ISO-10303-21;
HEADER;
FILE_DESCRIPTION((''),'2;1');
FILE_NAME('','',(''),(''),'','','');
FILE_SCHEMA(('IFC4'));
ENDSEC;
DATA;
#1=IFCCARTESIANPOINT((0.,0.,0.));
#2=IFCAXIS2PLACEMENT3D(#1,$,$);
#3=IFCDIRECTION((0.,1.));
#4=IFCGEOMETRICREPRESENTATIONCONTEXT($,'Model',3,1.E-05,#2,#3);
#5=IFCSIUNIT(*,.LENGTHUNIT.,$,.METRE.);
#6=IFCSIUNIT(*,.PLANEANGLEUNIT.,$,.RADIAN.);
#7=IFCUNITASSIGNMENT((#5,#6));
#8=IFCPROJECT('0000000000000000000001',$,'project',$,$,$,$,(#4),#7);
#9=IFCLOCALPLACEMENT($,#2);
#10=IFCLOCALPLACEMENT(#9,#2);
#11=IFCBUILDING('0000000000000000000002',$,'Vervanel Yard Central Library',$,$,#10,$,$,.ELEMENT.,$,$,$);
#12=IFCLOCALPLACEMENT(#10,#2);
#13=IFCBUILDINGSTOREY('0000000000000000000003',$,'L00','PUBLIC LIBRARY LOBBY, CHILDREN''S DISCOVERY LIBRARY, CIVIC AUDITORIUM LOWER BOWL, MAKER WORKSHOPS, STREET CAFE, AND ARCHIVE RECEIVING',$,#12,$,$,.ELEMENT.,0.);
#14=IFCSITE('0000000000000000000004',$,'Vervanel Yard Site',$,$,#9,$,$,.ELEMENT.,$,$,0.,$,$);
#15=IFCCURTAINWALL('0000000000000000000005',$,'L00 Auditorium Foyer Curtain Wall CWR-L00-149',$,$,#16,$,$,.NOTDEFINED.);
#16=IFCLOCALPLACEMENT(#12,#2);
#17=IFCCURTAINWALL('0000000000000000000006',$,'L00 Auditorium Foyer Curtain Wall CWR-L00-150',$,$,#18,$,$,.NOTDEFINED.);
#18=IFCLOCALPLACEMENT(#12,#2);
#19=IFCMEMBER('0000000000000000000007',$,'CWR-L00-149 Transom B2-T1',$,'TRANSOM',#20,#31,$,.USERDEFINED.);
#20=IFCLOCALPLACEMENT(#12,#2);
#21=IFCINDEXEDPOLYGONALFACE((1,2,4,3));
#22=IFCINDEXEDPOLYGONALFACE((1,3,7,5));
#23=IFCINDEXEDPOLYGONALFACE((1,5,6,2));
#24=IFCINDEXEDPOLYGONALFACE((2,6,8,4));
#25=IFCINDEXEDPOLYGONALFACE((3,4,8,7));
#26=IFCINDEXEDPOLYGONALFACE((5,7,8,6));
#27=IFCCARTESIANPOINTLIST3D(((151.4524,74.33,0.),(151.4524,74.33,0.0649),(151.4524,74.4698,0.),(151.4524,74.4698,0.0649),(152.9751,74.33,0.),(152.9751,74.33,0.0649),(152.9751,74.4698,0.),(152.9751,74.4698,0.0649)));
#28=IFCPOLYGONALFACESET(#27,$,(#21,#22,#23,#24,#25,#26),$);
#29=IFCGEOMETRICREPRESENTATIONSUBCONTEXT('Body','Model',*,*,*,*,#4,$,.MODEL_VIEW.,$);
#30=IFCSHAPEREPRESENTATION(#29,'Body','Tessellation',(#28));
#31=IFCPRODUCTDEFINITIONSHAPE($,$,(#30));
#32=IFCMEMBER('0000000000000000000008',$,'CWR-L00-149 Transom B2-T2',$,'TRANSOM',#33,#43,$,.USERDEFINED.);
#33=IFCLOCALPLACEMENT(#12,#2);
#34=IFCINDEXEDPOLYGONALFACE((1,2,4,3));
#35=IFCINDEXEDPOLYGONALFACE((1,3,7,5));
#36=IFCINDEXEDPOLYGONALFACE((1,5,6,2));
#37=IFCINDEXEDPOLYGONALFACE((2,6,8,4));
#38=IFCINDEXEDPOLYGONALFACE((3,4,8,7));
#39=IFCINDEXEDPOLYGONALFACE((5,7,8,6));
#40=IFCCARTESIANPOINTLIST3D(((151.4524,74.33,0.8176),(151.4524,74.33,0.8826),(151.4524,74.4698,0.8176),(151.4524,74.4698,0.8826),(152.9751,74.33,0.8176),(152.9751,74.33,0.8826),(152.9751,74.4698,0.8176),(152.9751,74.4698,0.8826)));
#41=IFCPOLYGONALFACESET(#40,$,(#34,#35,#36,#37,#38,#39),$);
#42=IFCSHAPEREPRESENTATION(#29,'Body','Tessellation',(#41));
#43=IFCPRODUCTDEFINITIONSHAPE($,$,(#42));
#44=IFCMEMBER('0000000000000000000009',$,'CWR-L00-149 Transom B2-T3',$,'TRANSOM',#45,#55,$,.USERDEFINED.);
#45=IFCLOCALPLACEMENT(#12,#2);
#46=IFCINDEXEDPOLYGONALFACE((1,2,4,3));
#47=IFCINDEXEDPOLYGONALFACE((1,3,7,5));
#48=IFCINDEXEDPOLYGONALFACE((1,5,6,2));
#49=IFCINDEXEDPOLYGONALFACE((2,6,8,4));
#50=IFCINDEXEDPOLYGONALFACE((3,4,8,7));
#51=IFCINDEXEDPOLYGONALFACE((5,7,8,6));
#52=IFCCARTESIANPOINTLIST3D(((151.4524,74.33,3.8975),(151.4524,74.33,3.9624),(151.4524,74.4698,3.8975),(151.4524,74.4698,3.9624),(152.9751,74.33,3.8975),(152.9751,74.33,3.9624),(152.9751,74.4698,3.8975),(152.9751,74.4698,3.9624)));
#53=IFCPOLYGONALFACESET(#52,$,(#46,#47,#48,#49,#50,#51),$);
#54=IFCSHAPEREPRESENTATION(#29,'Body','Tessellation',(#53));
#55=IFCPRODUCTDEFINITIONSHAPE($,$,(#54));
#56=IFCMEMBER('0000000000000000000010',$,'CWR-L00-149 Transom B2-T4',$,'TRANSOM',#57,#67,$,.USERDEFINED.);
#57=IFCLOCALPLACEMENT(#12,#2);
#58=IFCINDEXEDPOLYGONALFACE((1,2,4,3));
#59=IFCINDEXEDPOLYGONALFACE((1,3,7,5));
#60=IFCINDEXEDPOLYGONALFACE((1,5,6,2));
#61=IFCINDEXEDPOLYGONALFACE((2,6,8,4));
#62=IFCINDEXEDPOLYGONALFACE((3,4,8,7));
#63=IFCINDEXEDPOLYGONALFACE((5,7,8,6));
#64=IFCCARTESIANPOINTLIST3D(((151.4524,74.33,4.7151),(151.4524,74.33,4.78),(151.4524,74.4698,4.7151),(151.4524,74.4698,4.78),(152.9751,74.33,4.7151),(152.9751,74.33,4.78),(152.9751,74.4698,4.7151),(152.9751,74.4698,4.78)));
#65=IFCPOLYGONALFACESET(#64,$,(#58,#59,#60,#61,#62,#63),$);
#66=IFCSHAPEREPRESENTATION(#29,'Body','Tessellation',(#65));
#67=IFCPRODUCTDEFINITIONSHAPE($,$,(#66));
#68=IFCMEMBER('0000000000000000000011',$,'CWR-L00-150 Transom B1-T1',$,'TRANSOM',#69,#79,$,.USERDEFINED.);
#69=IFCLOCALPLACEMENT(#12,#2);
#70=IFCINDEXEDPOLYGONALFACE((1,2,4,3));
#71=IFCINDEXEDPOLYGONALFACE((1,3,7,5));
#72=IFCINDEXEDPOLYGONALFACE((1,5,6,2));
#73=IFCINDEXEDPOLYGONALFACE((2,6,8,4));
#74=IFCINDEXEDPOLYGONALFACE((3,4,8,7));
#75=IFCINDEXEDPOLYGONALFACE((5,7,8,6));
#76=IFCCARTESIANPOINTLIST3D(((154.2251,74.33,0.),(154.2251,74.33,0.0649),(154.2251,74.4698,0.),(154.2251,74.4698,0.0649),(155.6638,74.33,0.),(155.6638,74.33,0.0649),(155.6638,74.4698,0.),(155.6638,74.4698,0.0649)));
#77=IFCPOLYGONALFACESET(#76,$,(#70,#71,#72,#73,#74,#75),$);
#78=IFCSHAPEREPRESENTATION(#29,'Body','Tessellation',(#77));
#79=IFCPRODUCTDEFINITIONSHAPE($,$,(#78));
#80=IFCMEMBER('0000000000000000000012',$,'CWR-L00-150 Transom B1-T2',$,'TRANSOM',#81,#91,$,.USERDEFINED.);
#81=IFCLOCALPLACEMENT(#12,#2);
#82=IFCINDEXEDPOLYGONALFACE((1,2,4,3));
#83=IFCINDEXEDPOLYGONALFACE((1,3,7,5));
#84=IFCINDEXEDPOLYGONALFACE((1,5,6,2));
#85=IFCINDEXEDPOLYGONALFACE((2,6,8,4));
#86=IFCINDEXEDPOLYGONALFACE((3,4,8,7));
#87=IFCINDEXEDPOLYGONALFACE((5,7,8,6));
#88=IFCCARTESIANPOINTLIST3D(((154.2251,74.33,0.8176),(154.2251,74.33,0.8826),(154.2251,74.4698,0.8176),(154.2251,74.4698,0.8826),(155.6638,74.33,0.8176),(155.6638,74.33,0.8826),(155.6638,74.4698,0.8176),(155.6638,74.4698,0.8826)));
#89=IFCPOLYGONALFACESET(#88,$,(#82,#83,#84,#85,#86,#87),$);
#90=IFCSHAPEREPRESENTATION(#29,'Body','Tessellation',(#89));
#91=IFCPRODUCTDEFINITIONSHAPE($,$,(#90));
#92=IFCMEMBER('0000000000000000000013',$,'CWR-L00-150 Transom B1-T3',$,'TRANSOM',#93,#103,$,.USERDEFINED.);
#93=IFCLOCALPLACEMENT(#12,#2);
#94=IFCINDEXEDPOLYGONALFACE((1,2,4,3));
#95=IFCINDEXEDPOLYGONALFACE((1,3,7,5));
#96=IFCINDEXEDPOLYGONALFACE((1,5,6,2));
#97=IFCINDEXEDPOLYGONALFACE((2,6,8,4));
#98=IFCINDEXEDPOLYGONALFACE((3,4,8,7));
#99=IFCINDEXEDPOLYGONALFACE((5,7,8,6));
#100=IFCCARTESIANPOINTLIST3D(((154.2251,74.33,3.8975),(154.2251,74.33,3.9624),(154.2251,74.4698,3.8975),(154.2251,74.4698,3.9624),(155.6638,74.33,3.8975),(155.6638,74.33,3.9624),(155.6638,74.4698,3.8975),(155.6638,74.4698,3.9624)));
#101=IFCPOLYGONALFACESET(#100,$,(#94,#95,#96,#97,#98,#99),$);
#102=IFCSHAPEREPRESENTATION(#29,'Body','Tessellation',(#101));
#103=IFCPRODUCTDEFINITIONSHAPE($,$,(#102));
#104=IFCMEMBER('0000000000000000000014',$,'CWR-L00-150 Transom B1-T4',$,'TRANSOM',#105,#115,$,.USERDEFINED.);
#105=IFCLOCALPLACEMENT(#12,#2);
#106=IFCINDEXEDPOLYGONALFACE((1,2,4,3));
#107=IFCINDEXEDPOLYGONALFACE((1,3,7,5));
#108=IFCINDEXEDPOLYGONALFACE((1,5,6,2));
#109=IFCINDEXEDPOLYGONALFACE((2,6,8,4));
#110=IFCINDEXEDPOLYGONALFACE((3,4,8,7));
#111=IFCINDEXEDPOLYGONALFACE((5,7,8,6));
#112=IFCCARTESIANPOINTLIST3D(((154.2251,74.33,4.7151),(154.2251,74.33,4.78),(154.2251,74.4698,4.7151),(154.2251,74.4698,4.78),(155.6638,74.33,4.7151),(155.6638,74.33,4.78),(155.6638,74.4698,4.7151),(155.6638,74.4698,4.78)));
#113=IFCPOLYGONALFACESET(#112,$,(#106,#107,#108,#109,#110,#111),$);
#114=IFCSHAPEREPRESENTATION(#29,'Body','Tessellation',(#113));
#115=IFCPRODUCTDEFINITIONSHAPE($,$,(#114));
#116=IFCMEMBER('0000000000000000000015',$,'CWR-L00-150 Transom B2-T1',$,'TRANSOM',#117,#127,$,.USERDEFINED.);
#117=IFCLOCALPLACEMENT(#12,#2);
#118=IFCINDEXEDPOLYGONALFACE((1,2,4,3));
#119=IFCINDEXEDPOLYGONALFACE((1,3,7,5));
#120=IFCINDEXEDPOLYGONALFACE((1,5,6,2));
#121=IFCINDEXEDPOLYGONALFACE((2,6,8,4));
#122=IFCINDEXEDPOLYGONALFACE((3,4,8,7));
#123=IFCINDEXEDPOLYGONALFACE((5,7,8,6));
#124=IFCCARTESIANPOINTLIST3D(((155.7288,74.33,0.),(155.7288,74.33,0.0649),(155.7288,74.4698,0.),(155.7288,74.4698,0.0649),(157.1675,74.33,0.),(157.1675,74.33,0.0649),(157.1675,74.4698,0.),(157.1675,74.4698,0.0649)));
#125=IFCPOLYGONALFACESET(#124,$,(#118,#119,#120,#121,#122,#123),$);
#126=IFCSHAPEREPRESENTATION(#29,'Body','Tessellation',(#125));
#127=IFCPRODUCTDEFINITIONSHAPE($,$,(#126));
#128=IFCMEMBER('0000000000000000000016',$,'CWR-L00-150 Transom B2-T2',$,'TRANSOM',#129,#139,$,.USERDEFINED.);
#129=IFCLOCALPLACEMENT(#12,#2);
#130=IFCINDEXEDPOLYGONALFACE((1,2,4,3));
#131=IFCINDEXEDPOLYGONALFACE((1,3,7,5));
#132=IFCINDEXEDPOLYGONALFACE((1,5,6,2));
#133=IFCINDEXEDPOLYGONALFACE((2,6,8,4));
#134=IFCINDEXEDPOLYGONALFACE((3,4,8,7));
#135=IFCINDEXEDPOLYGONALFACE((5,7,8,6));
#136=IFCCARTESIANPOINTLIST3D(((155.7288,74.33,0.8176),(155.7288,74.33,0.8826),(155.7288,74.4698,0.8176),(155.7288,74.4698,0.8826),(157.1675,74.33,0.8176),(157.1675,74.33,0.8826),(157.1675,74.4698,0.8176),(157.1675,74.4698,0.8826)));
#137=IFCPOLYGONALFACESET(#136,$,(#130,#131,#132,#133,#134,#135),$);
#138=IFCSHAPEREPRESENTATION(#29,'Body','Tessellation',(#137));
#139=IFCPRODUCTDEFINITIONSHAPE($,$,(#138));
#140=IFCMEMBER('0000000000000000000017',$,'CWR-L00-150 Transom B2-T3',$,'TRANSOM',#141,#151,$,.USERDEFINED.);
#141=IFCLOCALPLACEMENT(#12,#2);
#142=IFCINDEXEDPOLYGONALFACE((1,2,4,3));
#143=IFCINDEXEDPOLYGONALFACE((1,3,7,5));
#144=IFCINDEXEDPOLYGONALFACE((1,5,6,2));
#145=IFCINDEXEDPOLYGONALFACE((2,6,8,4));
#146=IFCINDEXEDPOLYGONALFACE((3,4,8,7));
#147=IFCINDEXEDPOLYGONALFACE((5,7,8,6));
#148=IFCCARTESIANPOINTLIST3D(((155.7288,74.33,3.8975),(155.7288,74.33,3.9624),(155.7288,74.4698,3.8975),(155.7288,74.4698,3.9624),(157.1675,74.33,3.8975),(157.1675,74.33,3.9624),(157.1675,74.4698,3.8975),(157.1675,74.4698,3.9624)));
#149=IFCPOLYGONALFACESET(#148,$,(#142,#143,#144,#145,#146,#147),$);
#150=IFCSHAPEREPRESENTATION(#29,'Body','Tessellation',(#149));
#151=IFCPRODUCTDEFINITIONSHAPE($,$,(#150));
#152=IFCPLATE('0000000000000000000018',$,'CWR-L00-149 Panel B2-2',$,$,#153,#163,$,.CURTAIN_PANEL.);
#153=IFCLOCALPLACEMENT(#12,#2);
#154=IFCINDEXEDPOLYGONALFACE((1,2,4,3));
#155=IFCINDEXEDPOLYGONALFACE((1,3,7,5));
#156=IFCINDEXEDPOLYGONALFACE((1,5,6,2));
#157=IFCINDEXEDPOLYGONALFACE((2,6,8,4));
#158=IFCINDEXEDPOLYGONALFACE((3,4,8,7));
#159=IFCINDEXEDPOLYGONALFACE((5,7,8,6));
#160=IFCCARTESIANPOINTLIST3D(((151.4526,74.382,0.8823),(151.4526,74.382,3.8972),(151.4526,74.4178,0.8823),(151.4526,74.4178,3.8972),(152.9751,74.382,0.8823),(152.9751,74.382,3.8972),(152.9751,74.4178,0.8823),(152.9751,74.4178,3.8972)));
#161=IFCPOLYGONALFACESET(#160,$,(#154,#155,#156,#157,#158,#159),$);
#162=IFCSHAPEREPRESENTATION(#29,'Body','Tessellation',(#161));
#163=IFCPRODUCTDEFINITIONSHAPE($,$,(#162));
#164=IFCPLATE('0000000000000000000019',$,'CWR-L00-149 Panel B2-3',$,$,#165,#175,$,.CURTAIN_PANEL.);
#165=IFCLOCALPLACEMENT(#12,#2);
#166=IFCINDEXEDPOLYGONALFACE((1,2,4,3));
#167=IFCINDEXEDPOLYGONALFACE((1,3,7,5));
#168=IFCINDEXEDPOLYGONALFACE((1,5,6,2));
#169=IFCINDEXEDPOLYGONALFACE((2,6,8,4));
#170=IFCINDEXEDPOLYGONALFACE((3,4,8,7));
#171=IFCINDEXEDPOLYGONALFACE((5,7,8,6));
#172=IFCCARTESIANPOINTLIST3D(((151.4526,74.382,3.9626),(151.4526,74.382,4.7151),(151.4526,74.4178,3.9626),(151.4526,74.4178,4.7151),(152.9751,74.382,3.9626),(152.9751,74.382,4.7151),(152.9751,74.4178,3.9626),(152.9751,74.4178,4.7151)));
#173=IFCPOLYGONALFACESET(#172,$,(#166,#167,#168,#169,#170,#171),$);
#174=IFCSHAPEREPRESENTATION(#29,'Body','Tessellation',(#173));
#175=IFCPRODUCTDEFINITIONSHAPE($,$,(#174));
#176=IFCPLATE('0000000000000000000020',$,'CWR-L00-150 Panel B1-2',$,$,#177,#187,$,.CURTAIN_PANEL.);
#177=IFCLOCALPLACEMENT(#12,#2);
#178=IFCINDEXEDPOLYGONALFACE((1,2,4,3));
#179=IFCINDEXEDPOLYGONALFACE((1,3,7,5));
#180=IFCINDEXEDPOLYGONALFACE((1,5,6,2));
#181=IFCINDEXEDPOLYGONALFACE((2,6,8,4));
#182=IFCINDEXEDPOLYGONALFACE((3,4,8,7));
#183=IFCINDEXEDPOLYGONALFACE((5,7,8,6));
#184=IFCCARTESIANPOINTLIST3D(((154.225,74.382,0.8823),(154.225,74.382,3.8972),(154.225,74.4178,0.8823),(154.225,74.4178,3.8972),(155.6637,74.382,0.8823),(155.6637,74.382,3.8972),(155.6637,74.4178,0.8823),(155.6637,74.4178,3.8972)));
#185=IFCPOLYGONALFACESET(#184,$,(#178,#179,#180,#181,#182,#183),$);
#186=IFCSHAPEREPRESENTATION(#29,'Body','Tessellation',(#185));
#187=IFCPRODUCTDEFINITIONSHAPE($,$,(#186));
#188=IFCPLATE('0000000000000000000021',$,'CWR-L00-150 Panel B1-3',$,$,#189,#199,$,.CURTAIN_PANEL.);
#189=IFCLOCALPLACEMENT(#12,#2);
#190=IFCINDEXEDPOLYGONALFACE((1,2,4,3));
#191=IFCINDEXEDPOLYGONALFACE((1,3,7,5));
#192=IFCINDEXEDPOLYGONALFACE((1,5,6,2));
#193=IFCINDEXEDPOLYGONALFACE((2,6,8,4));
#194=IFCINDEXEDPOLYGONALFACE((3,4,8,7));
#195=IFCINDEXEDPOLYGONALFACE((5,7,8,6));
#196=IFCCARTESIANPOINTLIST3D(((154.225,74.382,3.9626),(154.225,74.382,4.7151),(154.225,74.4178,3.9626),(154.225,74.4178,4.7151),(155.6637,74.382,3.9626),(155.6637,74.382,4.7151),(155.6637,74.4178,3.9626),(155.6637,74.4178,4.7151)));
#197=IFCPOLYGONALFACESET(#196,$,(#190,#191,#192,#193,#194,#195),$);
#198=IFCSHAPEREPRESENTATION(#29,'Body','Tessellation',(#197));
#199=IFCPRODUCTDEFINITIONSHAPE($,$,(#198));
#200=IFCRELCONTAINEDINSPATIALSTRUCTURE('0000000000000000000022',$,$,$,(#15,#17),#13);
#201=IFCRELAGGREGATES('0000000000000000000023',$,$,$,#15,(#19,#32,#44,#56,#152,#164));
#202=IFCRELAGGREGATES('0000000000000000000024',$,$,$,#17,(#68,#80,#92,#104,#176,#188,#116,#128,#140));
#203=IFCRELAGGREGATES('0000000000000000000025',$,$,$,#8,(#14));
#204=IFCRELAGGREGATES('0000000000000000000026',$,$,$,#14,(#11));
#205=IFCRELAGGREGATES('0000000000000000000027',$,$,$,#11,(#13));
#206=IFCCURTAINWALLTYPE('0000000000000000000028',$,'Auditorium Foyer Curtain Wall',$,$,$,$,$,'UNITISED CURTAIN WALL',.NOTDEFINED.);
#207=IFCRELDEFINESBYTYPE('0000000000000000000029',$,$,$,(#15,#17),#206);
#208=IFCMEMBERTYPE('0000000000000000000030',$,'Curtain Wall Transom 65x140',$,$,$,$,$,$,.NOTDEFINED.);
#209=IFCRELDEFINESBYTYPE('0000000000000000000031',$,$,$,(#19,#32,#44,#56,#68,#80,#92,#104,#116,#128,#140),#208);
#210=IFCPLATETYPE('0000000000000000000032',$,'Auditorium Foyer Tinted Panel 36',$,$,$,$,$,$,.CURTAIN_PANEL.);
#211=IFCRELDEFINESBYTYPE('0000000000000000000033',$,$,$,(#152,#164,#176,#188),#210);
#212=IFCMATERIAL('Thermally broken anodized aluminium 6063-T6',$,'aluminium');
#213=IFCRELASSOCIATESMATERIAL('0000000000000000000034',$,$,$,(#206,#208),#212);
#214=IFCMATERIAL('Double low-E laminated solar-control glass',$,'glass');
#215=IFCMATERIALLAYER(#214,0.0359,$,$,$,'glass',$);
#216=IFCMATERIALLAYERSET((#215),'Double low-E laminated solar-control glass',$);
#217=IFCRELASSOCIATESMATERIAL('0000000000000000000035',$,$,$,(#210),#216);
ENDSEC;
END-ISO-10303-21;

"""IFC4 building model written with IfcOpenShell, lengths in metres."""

from ifc_helpers import new_model, si_unit, direction, frame, origin, origin_2d, place, context, subcontext, project, spatial, rectangle, extrude, material, layer, layer_set, material_profile, profile_set, type_object, element, aggregate, save


model = new_model("IFC4")

# Units and contexts
model_context = context("Model", 3, precision=1e-05, world=origin(), true_north=direction((0.0, 1.0)))
body_context = subcontext(model_context, "Body", "Model", "MODEL_VIEW")
ifc_project = project(units=[si_unit("LENGTHUNIT", "METRE"), si_unit("PLANEANGLEUNIT", "RADIAN")], contexts=[model_context])

# Site, building, storey
site_placement = place(None, origin())
site = spatial("IfcSite", under=ifc_project, at=site_placement, Name="Vervanel Yard Site", CompositionType="ELEMENT", RefElevation=0.0)
building_placement = place(site_placement, origin())
building = spatial("IfcBuilding", under=site, at=building_placement, Name="Vervanel Yard Central Library", CompositionType="ELEMENT")
storey_placement = place(building_placement, origin())
storey = spatial("IfcBuildingStorey", under=building, at=storey_placement, Name="L00", Description="PUBLIC LIBRARY LOBBY, CHILDREN'S DISCOVERY LIBRARY, CIVIC AUDITORIUM LOWER BOWL, MAKER WORKSHOPS, STREET CAFE, AND ARCHIVE RECEIVING", CompositionType="ELEMENT", Elevation=0.0)

# Curtain walls
ifc_material_1 = material(Name="Thermally broken anodized aluminium 6063-T6", Category="aluminium")
curtain_wall_type = type_object("IfcCurtainWallType", Name="Auditorium Foyer Curtain Wall", ElementType="UNITISED CURTAIN WALL", PredefinedType="NOTDEFINED", material=ifc_material_1)
curtain_wall_1_placement = place(storey_placement, origin())
curtain_wall_1 = element("IfcCurtainWall", 1, at=curtain_wall_1_placement, inside=storey, type_object=curtain_wall_type, Name="L00 Auditorium Foyer Curtain Wall CWR-L00-149", PredefinedType="NOTDEFINED")
curtain_wall_2_placement = place(storey_placement, origin())
curtain_wall_2 = element("IfcCurtainWall", 2, at=curtain_wall_2_placement, inside=storey, type_object=curtain_wall_type, Name="L00 Auditorium Foyer Curtain Wall CWR-L00-150", PredefinedType="NOTDEFINED")

# Members
ifc_material_profile_1 = material_profile(ifc_material_1, rectangle(XDim=0.0649, YDim=0.1399, at=origin_2d()), Name="ALU 65x140", Category="aluminium")
ifc_profile_set_1 = profile_set([ifc_material_profile_1], Name="Thermally broken anodized aluminium 6063-T6")
member_type_1 = type_object("IfcMemberType", Name="Curtain Wall Transom 65x140", PredefinedType="NOTDEFINED", material=ifc_profile_set_1)
member_1_placement = place(storey_placement, frame((151.4524, 74.3999, 0.0325), z_axis=(1.0, 0.0, 0.0), x_axis=(0.0, 0.0, 1.0)))
member_1 = element("IfcMember", 3, at=member_1_placement, type_object=member_type_1, Name="CWR-L00-149 Transom B2-T1", ObjectType="TRANSOM", PredefinedType="USERDEFINED", context=body_context, shape_type="SweptSolid", body=[
    extrude(rectangle(XDim=0.0649, YDim=0.1399, at=origin_2d()), origin(), (0.0, 0.0, 1.0), 1.5227),
])
member_2_placement = place(storey_placement, frame((151.4524, 74.3999, 0.8501), z_axis=(1.0, 0.0, 0.0), x_axis=(0.0, 0.0, 1.0)))
member_2 = element("IfcMember", 4, at=member_2_placement, type_object=member_type_1, Name="CWR-L00-149 Transom B2-T2", ObjectType="TRANSOM", PredefinedType="USERDEFINED", context=body_context, shape_type="SweptSolid", body=[
    extrude(rectangle(XDim=0.0649, YDim=0.1399, at=origin_2d()), origin(), (0.0, 0.0, 1.0), 1.5227),
])
member_3_placement = place(storey_placement, frame((151.4524, 74.3999, 3.9299), z_axis=(1.0, 0.0, 0.0), x_axis=(0.0, 0.0, 1.0)))
member_3 = element("IfcMember", 5, at=member_3_placement, type_object=member_type_1, Name="CWR-L00-149 Transom B2-T3", ObjectType="TRANSOM", PredefinedType="USERDEFINED", context=body_context, shape_type="SweptSolid", body=[
    extrude(rectangle(XDim=0.0649, YDim=0.1399, at=origin_2d()), origin(), (0.0, 0.0, 1.0), 1.5227),
])
member_4_placement = place(storey_placement, frame((151.4524, 74.3999, 4.7476), z_axis=(1.0, 0.0, 0.0), x_axis=(0.0, 0.0, 1.0)))
member_4 = element("IfcMember", 6, at=member_4_placement, type_object=member_type_1, Name="CWR-L00-149 Transom B2-T4", ObjectType="TRANSOM", PredefinedType="USERDEFINED", context=body_context, shape_type="SweptSolid", body=[
    extrude(rectangle(XDim=0.0649, YDim=0.1399, at=origin_2d()), origin(), (0.0, 0.0, 1.0), 1.5227),
])
member_5_placement = place(storey_placement, frame((154.2251, 74.3999, 0.0325), z_axis=(1.0, 0.0, 0.0), x_axis=(0.0, 0.0, 1.0)))
member_5 = element("IfcMember", 7, at=member_5_placement, type_object=member_type_1, Name="CWR-L00-150 Transom B1-T1", ObjectType="TRANSOM", PredefinedType="USERDEFINED", context=body_context, shape_type="SweptSolid", body=[
    extrude(rectangle(XDim=0.0649, YDim=0.1399, at=origin_2d()), origin(), (0.0, 0.0, 1.0), 1.4387),
])
member_6_placement = place(storey_placement, frame((154.2251, 74.3999, 0.8501), z_axis=(1.0, 0.0, 0.0), x_axis=(0.0, 0.0, 1.0)))
member_6 = element("IfcMember", 8, at=member_6_placement, type_object=member_type_1, Name="CWR-L00-150 Transom B1-T2", ObjectType="TRANSOM", PredefinedType="USERDEFINED", context=body_context, shape_type="SweptSolid", body=[
    extrude(rectangle(XDim=0.0649, YDim=0.1399, at=origin_2d()), origin(), (0.0, 0.0, 1.0), 1.4387),
])
member_7_placement = place(storey_placement, frame((154.2251, 74.3999, 3.9299), z_axis=(1.0, 0.0, 0.0), x_axis=(0.0, 0.0, 1.0)))
member_7 = element("IfcMember", 9, at=member_7_placement, type_object=member_type_1, Name="CWR-L00-150 Transom B1-T3", ObjectType="TRANSOM", PredefinedType="USERDEFINED", context=body_context, shape_type="SweptSolid", body=[
    extrude(rectangle(XDim=0.0649, YDim=0.1399, at=origin_2d()), origin(), (0.0, 0.0, 1.0), 1.4387),
])
member_8_placement = place(storey_placement, frame((154.2251, 74.3999, 4.7476), z_axis=(1.0, 0.0, 0.0), x_axis=(0.0, 0.0, 1.0)))
member_8 = element("IfcMember", 10, at=member_8_placement, type_object=member_type_1, Name="CWR-L00-150 Transom B1-T4", ObjectType="TRANSOM", PredefinedType="USERDEFINED", context=body_context, shape_type="SweptSolid", body=[
    extrude(rectangle(XDim=0.0649, YDim=0.1399, at=origin_2d()), origin(), (0.0, 0.0, 1.0), 1.4387),
])
member_9_placement = place(storey_placement, frame((155.7288, 74.3999, 0.0325), z_axis=(1.0, 0.0, 0.0), x_axis=(0.0, 0.0, 1.0)))
member_9 = element("IfcMember", 11, at=member_9_placement, type_object=member_type_1, Name="CWR-L00-150 Transom B2-T1", ObjectType="TRANSOM", PredefinedType="USERDEFINED", context=body_context, shape_type="SweptSolid", body=[
    extrude(rectangle(XDim=0.0649, YDim=0.1399, at=origin_2d()), origin(), (0.0, 0.0, 1.0), 1.4387),
])
member_10_placement = place(storey_placement, frame((155.7288, 74.3999, 0.8501), z_axis=(1.0, 0.0, 0.0), x_axis=(0.0, 0.0, 1.0)))
member_10 = element("IfcMember", 12, at=member_10_placement, type_object=member_type_1, Name="CWR-L00-150 Transom B2-T2", ObjectType="TRANSOM", PredefinedType="USERDEFINED", context=body_context, shape_type="SweptSolid", body=[
    extrude(rectangle(XDim=0.0649, YDim=0.1399, at=origin_2d()), origin(), (0.0, 0.0, 1.0), 1.4387),
])
member_11_placement = place(storey_placement, frame((155.7288, 74.3999, 3.9299), z_axis=(1.0, 0.0, 0.0), x_axis=(0.0, 0.0, 1.0)))
member_11 = element("IfcMember", 13, at=member_11_placement, type_object=member_type_1, Name="CWR-L00-150 Transom B2-T3", ObjectType="TRANSOM", PredefinedType="USERDEFINED", context=body_context, shape_type="SweptSolid", body=[
    extrude(rectangle(XDim=0.0649, YDim=0.1399, at=origin_2d()), origin(), (0.0, 0.0, 1.0), 1.4387),
])

# Plates
ifc_material_2 = material(Name="Double low-E laminated solar-control glass", Category="glass")
ifc_layer_1 = layer(ifc_material_2, 0.0359, Category="glass")
ifc_layer_set_1 = layer_set([ifc_layer_1], Name="Double low-E laminated solar-control glass")
plate_type_1 = type_object("IfcPlateType", Name="Auditorium Foyer Tinted Panel 36", PredefinedType="CURTAIN_PANEL", material=ifc_layer_set_1)
plate_1_placement = place(storey_placement, frame((152.2139, 74.3999, 0.8823), z_axis=(0.0, 0.0, 1.0), x_axis=(1.0, 0.0, 0.0)))
plate_1 = element("IfcPlate", 14, at=plate_1_placement, type_object=plate_type_1, Name="CWR-L00-149 Panel B2-2", PredefinedType="CURTAIN_PANEL", context=body_context, shape_type="SweptSolid", body=[
    extrude(rectangle(XDim=1.5225, YDim=0.0359, at=origin_2d()), origin(), (0.0, 0.0, 1.0), 3.0149),
])
plate_2_placement = place(storey_placement, frame((152.2139, 74.3999, 3.9626), z_axis=(0.0, 0.0, 1.0), x_axis=(1.0, 0.0, 0.0)))
plate_2 = element("IfcPlate", 15, at=plate_2_placement, type_object=plate_type_1, Name="CWR-L00-149 Panel B2-3", PredefinedType="CURTAIN_PANEL", context=body_context, shape_type="SweptSolid", body=[
    extrude(rectangle(XDim=1.5225, YDim=0.0359, at=origin_2d()), origin(), (0.0, 0.0, 1.0), 0.7524),
])
plate_3_placement = place(storey_placement, frame((154.9443, 74.3999, 0.8823), z_axis=(0.0, 0.0, 1.0), x_axis=(1.0, 0.0, 0.0)))
plate_3 = element("IfcPlate", 16, at=plate_3_placement, type_object=plate_type_1, Name="CWR-L00-150 Panel B1-2", PredefinedType="CURTAIN_PANEL", context=body_context, shape_type="SweptSolid", body=[
    extrude(rectangle(XDim=1.4387, YDim=0.0359, at=origin_2d()), origin(), (0.0, 0.0, 1.0), 3.0149),
])
plate_4_placement = place(storey_placement, frame((154.9443, 74.3999, 3.9626), z_axis=(0.0, 0.0, 1.0), x_axis=(1.0, 0.0, 0.0)))
plate_4 = element("IfcPlate", 17, at=plate_4_placement, type_object=plate_type_1, Name="CWR-L00-150 Panel B1-3", PredefinedType="CURTAIN_PANEL", context=body_context, shape_type="SweptSolid", body=[
    extrude(rectangle(XDim=1.4387, YDim=0.0359, at=origin_2d()), origin(), (0.0, 0.0, 1.0), 0.7524),
])
aggregate(curtain_wall_1, [member_1, member_2, member_3, member_4, plate_1, plate_2])
aggregate(curtain_wall_2, [member_5, member_6, member_7, member_8, plate_3, plate_4, member_9, member_10, member_11])

save(model, "model.ifc")
